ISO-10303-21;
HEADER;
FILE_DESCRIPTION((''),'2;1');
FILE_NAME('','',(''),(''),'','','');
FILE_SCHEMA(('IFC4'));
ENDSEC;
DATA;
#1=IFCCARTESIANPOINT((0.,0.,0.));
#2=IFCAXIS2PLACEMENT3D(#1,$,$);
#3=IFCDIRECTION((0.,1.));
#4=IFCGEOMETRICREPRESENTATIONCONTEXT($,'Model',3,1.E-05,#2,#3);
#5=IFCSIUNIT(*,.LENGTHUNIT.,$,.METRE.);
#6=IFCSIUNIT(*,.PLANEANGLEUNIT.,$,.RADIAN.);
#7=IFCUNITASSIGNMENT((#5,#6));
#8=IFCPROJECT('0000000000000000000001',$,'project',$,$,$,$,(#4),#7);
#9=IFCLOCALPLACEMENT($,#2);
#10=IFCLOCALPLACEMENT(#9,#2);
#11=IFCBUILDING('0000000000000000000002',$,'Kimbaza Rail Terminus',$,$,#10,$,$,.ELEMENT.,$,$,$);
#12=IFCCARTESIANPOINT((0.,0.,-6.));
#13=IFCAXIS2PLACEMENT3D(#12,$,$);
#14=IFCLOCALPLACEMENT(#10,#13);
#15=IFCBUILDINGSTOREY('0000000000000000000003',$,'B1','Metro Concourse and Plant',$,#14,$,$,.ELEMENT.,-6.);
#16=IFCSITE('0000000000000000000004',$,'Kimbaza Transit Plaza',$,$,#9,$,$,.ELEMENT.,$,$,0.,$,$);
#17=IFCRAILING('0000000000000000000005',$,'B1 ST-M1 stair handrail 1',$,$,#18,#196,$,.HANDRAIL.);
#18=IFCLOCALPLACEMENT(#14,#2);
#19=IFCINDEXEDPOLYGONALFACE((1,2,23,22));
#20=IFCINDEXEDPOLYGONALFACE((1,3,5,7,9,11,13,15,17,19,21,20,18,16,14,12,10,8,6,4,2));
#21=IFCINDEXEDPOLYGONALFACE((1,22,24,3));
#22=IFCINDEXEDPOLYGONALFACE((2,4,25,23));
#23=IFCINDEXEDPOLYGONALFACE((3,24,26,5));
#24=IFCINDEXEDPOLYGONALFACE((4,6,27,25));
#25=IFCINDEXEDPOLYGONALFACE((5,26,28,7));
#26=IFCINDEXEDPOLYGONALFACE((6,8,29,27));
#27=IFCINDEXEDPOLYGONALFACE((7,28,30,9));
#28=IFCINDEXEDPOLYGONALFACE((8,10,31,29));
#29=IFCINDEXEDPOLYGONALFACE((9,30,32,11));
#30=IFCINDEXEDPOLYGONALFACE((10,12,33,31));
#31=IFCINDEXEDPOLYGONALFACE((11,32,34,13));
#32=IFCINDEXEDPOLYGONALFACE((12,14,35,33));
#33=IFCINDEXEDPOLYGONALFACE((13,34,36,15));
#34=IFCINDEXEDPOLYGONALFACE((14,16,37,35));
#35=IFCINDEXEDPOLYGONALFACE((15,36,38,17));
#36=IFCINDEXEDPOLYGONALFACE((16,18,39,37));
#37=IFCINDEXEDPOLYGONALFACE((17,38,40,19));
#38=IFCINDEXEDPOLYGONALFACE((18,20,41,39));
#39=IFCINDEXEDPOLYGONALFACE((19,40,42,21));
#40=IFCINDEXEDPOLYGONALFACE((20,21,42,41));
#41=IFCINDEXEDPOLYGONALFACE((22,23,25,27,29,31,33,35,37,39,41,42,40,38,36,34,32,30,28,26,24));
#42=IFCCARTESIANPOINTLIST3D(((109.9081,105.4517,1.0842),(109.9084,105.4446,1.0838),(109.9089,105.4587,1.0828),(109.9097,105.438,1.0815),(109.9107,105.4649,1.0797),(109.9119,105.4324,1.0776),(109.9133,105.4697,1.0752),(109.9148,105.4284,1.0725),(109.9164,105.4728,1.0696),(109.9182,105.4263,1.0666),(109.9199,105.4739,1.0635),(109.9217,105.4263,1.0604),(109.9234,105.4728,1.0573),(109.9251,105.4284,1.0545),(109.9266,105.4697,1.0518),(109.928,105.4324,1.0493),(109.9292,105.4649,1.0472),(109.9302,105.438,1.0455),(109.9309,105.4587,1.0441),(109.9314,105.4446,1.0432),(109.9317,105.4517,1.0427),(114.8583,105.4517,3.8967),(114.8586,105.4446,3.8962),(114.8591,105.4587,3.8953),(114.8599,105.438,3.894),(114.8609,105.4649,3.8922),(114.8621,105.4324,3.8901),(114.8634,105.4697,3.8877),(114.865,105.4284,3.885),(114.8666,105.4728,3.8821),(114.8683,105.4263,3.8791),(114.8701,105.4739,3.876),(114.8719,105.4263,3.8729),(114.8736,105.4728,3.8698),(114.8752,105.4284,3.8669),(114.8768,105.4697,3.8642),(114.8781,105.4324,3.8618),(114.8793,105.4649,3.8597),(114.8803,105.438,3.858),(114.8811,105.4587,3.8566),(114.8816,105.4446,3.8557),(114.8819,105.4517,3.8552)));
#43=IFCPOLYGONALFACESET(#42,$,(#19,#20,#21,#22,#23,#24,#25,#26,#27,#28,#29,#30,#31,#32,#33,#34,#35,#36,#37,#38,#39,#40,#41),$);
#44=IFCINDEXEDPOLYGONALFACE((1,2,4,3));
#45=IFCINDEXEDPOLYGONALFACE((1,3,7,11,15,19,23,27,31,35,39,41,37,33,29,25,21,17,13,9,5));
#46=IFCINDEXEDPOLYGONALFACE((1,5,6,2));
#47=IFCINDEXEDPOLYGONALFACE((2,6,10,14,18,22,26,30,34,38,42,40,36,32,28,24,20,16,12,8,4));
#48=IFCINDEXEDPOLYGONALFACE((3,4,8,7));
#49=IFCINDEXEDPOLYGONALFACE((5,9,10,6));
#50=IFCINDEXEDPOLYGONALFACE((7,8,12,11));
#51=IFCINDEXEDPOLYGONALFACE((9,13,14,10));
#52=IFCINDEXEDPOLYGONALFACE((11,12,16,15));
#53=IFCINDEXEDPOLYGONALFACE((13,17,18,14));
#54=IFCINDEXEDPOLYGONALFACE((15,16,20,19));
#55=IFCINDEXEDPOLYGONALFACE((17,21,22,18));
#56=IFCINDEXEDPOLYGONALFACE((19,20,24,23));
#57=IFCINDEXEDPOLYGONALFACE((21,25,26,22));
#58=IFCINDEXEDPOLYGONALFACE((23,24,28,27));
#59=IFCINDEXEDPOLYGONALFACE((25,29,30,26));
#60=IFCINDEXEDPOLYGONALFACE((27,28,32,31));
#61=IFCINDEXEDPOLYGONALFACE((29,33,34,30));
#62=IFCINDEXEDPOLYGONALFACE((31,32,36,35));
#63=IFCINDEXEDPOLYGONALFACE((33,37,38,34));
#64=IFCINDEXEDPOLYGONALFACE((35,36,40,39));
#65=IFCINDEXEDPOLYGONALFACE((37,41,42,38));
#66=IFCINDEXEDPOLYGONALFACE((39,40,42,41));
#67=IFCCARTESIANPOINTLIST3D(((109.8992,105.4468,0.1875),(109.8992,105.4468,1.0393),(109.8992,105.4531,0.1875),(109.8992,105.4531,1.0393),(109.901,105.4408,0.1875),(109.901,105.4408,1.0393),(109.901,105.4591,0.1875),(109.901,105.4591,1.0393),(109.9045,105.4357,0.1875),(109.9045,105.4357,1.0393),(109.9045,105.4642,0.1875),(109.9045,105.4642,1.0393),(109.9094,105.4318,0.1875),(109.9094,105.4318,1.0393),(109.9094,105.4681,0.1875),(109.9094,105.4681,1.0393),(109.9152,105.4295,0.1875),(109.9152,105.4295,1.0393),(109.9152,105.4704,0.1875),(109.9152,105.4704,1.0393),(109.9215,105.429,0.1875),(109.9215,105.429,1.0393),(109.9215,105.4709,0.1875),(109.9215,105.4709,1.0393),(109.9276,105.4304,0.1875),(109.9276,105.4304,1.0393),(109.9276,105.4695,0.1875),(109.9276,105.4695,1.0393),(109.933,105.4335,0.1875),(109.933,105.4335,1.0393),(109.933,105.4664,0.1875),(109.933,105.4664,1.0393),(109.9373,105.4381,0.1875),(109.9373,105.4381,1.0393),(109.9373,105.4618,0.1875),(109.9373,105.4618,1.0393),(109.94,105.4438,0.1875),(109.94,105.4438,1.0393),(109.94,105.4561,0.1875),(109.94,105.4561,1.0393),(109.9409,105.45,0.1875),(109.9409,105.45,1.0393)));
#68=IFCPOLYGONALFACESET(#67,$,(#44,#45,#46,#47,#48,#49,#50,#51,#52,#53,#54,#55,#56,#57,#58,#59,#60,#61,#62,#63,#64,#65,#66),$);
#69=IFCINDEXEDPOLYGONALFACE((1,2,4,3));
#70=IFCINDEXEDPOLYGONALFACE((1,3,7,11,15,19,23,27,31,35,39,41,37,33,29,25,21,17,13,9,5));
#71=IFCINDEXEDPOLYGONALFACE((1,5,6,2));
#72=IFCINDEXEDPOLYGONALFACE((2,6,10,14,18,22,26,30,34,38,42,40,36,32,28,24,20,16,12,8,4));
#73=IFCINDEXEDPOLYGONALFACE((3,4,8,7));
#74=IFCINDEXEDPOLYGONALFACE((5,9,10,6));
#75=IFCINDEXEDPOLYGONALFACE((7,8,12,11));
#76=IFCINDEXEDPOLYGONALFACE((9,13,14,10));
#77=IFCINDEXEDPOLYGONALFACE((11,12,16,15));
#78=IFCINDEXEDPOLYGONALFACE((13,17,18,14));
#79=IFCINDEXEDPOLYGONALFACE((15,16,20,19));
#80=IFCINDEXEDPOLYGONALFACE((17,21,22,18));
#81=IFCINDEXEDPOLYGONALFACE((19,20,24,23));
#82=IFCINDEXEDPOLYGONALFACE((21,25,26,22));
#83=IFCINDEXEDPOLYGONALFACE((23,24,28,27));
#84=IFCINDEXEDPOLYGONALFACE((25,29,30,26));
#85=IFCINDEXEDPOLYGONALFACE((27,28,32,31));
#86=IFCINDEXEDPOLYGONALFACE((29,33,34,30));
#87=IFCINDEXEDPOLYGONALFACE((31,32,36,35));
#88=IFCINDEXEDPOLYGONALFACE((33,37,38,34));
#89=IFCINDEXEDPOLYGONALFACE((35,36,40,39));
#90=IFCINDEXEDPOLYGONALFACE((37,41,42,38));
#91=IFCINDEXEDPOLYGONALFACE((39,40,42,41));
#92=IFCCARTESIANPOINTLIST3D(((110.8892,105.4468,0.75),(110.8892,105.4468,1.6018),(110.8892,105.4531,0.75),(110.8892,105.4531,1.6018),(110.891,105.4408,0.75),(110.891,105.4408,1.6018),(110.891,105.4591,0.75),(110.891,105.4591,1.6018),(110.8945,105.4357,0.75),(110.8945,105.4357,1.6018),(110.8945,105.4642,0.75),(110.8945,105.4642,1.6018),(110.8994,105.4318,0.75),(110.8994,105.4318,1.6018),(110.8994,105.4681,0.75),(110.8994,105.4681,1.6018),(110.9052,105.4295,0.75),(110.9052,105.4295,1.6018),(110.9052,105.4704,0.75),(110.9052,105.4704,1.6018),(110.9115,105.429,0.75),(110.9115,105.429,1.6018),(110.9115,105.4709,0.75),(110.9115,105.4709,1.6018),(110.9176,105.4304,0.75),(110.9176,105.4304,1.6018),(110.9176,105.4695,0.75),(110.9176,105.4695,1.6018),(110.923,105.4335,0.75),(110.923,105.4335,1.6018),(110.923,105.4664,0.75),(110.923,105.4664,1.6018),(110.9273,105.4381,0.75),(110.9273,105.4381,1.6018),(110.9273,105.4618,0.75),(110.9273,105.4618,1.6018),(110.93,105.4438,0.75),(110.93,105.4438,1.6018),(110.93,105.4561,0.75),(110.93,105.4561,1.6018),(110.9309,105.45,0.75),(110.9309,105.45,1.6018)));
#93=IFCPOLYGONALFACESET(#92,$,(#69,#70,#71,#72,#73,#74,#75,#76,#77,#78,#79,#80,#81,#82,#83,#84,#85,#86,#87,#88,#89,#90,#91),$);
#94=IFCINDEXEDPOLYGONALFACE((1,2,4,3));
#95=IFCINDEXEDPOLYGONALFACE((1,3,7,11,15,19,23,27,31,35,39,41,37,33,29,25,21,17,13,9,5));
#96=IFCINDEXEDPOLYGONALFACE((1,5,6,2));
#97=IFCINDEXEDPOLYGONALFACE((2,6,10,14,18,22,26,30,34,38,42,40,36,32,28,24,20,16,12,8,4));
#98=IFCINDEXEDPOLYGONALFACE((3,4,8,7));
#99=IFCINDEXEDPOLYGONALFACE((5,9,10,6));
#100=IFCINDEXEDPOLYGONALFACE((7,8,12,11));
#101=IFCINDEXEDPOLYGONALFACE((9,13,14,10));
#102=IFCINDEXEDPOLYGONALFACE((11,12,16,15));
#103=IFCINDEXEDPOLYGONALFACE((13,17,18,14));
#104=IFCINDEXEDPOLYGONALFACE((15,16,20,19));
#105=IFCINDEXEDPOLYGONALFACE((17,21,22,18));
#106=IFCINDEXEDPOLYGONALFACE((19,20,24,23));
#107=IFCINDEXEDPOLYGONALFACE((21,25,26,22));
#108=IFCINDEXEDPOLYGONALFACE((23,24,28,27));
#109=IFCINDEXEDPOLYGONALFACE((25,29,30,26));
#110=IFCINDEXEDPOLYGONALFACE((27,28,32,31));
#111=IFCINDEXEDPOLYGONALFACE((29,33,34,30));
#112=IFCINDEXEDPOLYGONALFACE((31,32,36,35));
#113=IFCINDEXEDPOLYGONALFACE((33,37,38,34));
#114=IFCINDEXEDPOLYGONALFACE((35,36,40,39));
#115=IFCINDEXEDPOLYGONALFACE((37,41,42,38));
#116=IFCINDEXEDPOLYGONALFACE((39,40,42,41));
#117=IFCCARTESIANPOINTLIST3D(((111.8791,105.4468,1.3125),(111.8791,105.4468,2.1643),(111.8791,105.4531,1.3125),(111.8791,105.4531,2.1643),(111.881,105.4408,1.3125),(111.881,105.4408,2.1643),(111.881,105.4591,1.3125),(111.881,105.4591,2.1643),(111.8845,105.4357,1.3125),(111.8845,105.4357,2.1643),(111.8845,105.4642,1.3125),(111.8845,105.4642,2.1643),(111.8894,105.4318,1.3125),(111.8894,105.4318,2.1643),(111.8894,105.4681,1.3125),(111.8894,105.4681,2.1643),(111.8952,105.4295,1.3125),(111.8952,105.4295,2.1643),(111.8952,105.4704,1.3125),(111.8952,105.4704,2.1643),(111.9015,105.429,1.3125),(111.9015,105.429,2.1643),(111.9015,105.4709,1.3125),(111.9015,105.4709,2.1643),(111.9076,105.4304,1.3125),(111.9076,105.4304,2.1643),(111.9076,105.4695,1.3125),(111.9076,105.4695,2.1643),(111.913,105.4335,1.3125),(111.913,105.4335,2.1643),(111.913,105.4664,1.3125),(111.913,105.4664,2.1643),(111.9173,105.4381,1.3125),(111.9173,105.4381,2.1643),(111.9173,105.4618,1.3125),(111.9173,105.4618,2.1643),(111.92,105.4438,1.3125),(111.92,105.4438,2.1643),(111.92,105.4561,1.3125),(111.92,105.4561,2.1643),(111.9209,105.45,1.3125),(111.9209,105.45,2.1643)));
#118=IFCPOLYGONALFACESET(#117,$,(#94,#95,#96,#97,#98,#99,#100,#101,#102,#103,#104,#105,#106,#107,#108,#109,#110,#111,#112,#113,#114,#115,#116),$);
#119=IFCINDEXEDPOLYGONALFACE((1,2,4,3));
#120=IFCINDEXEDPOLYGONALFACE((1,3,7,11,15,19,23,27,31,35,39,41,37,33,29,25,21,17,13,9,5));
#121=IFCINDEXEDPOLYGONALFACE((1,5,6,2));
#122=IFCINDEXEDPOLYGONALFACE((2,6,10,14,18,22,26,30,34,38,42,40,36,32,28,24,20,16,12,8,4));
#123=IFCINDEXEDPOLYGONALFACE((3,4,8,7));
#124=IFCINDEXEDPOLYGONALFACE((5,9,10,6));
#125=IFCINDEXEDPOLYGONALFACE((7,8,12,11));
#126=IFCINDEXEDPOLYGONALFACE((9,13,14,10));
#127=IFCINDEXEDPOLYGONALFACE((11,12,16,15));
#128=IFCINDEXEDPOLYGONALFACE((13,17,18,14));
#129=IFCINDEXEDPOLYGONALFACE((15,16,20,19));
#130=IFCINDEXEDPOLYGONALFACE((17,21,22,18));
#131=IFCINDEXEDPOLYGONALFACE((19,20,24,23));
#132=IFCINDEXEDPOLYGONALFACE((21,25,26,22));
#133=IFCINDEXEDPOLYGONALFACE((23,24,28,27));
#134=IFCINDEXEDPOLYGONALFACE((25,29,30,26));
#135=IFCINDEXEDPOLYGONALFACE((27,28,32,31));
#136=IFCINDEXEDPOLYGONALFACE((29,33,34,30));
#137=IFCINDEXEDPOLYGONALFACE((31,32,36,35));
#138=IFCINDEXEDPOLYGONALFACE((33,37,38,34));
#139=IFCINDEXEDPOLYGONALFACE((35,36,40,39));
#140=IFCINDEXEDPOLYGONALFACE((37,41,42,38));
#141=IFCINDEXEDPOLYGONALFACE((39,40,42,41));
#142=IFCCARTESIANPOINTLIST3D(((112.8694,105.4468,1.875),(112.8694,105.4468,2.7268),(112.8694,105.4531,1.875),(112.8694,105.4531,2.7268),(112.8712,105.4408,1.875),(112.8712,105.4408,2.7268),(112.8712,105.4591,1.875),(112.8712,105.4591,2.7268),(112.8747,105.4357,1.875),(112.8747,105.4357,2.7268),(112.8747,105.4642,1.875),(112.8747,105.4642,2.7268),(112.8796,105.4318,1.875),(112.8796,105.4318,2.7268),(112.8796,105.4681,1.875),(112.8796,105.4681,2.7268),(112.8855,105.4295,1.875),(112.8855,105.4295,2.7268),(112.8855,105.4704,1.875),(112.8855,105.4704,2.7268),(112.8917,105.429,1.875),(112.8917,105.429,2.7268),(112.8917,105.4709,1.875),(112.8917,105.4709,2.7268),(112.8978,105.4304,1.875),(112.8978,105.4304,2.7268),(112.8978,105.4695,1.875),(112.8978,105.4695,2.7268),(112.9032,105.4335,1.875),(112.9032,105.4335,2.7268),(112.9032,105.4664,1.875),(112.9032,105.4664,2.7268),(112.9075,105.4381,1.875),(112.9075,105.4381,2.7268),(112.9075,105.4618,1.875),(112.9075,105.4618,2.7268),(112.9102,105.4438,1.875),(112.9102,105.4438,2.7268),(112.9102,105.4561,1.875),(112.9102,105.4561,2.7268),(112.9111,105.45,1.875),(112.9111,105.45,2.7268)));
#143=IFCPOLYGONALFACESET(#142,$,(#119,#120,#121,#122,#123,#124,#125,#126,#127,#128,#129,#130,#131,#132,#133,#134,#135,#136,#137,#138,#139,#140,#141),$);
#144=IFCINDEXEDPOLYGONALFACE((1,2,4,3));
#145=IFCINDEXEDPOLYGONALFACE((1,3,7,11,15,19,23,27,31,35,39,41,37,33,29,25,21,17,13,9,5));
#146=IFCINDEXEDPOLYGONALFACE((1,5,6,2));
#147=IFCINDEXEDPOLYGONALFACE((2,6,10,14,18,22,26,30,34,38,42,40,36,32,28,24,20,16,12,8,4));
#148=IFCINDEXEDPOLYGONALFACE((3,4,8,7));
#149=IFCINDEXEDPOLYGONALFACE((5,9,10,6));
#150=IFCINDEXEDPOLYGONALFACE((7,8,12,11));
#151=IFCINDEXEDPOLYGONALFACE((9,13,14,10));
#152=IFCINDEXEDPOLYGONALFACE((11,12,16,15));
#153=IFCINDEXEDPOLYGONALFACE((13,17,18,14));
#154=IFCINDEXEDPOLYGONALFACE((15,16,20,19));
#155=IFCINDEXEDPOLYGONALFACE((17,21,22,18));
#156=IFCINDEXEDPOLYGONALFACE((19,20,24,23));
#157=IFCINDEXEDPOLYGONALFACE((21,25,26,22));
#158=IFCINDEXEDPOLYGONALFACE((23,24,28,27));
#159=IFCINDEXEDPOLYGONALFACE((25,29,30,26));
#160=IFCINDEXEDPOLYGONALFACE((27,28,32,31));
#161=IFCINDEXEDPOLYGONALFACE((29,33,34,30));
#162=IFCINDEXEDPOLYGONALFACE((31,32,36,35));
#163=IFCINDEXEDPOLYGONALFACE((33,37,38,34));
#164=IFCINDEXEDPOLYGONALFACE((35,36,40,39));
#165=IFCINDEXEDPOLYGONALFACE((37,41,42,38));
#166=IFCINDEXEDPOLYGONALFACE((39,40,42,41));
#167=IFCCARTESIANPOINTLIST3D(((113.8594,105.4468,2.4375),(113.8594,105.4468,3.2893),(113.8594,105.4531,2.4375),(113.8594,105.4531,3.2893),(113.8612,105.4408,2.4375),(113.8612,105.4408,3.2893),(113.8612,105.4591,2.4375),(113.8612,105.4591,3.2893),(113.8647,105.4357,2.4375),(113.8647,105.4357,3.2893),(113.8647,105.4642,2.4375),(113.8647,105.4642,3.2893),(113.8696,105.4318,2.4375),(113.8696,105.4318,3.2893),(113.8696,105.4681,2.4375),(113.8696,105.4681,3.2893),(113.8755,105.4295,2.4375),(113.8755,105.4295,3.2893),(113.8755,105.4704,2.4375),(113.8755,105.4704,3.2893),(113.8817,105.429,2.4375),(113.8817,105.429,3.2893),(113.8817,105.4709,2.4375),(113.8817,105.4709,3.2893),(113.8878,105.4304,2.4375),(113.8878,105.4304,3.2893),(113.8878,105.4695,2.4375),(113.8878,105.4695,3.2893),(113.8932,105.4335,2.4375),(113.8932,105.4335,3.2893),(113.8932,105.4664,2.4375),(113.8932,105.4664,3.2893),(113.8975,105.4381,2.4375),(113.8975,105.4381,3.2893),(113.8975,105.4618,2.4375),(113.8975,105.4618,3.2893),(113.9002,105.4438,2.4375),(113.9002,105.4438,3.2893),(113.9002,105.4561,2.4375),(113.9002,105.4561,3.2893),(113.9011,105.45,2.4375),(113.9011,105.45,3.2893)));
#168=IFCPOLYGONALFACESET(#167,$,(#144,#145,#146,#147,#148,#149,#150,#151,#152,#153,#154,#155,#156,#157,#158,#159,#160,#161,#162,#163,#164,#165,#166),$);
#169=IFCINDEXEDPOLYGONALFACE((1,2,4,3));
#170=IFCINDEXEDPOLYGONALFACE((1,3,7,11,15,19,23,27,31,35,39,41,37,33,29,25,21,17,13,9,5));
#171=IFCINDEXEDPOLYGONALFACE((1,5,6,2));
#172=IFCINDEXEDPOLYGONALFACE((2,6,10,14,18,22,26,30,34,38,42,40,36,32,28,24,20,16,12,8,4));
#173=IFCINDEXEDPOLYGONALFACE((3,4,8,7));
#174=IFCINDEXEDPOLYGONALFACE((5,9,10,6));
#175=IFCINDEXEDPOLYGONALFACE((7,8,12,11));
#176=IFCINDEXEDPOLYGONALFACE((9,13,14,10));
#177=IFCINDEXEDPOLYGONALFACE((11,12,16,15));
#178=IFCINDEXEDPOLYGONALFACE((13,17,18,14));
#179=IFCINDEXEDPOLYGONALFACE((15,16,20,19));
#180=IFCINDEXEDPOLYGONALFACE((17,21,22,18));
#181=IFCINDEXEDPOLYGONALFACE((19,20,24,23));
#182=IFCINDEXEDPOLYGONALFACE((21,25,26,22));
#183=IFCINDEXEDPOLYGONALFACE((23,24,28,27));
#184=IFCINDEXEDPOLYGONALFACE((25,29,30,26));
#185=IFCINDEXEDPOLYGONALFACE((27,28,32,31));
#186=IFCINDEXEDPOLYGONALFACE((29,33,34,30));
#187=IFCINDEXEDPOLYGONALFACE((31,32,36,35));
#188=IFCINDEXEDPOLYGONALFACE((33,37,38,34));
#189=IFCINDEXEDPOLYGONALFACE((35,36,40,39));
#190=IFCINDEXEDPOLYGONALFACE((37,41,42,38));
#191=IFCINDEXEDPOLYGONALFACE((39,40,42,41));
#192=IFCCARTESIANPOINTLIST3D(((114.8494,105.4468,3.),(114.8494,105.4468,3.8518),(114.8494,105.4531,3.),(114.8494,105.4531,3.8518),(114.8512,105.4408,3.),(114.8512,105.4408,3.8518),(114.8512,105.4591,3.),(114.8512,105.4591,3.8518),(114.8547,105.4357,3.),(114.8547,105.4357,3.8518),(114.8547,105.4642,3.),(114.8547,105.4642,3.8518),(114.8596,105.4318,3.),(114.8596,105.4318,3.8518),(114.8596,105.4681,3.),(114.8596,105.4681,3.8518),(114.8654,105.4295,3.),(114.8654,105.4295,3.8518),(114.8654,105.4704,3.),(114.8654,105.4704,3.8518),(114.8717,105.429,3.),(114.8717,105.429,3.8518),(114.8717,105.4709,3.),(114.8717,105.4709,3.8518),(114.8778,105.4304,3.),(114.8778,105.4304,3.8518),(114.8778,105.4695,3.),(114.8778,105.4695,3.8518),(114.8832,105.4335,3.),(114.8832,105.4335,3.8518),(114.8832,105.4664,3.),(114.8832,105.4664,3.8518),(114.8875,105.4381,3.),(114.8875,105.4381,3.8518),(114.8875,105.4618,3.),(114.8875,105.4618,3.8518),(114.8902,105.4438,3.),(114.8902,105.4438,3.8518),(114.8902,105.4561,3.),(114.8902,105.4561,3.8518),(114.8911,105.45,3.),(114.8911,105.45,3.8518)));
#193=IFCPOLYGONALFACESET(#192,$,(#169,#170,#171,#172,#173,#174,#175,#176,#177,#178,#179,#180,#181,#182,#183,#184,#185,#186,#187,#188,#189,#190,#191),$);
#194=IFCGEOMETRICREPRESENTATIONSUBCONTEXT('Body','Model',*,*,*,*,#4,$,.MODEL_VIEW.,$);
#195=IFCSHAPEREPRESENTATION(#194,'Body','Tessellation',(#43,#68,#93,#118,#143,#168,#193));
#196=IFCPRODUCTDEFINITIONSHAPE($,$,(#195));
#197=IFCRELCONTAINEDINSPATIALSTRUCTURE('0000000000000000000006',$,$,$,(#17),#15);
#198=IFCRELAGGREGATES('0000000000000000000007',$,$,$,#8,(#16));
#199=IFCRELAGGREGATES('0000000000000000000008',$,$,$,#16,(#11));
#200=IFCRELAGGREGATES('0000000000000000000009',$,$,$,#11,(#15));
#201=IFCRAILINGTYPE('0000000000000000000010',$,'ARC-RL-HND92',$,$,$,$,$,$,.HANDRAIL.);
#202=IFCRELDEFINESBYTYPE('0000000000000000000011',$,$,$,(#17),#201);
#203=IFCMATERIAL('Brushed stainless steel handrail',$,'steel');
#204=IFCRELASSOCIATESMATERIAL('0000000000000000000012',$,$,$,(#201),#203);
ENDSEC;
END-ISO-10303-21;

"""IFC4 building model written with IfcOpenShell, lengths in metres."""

from ifc_helpers import new_model, si_unit, direction, frame, origin, origin_2d, place, context, subcontext, project, spatial, circle, extrude, material, type_object, element, save


model = new_model("IFC4")

# Units and contexts
model_context = context("Model", 3, precision=1e-05, world=origin(), true_north=direction((0.0, 1.0)))
body_context = subcontext(model_context, "Body", "Model", "MODEL_VIEW")
ifc_project = project(units=[si_unit("LENGTHUNIT", "METRE"), si_unit("PLANEANGLEUNIT", "RADIAN")], contexts=[model_context])

# Site, building, storey
site_placement = place(None, origin())
site = spatial("IfcSite", under=ifc_project, at=site_placement, Name="Kimbaza Transit Plaza", CompositionType="ELEMENT", RefElevation=0.0)
building_placement = place(site_placement, origin())
building = spatial("IfcBuilding", under=site, at=building_placement, Name="Kimbaza Rail Terminus", CompositionType="ELEMENT")
storey_placement = place(building_placement, frame((0.0, 0.0, -6.0)))
storey = spatial("IfcBuildingStorey", under=building, at=storey_placement, Name="B1", Description="Metro Concourse and Plant", CompositionType="ELEMENT", Elevation=-6.0)

# Railing
ifc_material_1 = material(Name="Brushed stainless steel handrail", Category="steel")
railing_type_1 = type_object("IfcRailingType", Name="ARC-RL-HND92", PredefinedType="HANDRAIL", material=ifc_material_1)
railing_1_placement = place(storey_placement, frame((109.9199, 105.45, 0.1875)))
element("IfcRailing", 1, at=railing_1_placement, inside=storey, type_object=railing_type_1, Name="B1 ST-M1 stair handrail 1", PredefinedType="HANDRAIL", context=body_context, shape_type="SweptSolid", body=[
    extrude(circle(Radius=0.0239, at=origin_2d()), frame((0.0, 0.0, 0.876), z_axis=(0.869465, 0.0, 0.493995), x_axis=(0.0, 1.0, 0.0)), (0.0, 0.0, 1.0), 5.6934),
    extrude(circle(Radius=0.021, at=origin_2d()), origin(), (0.0, 0.0, 1.0), 0.8518),
    extrude(circle(Radius=0.021, at=origin_2d()), frame((0.99, 0.0, 0.5625)), (0.0, 0.0, 1.0), 0.8518),
    extrude(circle(Radius=0.021, at=origin_2d()), frame((1.98, 0.0, 1.125)), (0.0, 0.0, 1.0), 0.8518),
    extrude(circle(Radius=0.021, at=origin_2d()), frame((2.9702, 0.0, 1.6875)), (0.0, 0.0, 1.0), 0.8518),
    extrude(circle(Radius=0.021, at=origin_2d()), frame((3.9602, 0.0, 2.25)), (0.0, 0.0, 1.0), 0.8518),
    extrude(circle(Radius=0.021, at=origin_2d()), frame((4.9502, 0.0, 2.8125)), (0.0, 0.0, 1.0), 0.8518),
])

save(model, "model.ifc")
